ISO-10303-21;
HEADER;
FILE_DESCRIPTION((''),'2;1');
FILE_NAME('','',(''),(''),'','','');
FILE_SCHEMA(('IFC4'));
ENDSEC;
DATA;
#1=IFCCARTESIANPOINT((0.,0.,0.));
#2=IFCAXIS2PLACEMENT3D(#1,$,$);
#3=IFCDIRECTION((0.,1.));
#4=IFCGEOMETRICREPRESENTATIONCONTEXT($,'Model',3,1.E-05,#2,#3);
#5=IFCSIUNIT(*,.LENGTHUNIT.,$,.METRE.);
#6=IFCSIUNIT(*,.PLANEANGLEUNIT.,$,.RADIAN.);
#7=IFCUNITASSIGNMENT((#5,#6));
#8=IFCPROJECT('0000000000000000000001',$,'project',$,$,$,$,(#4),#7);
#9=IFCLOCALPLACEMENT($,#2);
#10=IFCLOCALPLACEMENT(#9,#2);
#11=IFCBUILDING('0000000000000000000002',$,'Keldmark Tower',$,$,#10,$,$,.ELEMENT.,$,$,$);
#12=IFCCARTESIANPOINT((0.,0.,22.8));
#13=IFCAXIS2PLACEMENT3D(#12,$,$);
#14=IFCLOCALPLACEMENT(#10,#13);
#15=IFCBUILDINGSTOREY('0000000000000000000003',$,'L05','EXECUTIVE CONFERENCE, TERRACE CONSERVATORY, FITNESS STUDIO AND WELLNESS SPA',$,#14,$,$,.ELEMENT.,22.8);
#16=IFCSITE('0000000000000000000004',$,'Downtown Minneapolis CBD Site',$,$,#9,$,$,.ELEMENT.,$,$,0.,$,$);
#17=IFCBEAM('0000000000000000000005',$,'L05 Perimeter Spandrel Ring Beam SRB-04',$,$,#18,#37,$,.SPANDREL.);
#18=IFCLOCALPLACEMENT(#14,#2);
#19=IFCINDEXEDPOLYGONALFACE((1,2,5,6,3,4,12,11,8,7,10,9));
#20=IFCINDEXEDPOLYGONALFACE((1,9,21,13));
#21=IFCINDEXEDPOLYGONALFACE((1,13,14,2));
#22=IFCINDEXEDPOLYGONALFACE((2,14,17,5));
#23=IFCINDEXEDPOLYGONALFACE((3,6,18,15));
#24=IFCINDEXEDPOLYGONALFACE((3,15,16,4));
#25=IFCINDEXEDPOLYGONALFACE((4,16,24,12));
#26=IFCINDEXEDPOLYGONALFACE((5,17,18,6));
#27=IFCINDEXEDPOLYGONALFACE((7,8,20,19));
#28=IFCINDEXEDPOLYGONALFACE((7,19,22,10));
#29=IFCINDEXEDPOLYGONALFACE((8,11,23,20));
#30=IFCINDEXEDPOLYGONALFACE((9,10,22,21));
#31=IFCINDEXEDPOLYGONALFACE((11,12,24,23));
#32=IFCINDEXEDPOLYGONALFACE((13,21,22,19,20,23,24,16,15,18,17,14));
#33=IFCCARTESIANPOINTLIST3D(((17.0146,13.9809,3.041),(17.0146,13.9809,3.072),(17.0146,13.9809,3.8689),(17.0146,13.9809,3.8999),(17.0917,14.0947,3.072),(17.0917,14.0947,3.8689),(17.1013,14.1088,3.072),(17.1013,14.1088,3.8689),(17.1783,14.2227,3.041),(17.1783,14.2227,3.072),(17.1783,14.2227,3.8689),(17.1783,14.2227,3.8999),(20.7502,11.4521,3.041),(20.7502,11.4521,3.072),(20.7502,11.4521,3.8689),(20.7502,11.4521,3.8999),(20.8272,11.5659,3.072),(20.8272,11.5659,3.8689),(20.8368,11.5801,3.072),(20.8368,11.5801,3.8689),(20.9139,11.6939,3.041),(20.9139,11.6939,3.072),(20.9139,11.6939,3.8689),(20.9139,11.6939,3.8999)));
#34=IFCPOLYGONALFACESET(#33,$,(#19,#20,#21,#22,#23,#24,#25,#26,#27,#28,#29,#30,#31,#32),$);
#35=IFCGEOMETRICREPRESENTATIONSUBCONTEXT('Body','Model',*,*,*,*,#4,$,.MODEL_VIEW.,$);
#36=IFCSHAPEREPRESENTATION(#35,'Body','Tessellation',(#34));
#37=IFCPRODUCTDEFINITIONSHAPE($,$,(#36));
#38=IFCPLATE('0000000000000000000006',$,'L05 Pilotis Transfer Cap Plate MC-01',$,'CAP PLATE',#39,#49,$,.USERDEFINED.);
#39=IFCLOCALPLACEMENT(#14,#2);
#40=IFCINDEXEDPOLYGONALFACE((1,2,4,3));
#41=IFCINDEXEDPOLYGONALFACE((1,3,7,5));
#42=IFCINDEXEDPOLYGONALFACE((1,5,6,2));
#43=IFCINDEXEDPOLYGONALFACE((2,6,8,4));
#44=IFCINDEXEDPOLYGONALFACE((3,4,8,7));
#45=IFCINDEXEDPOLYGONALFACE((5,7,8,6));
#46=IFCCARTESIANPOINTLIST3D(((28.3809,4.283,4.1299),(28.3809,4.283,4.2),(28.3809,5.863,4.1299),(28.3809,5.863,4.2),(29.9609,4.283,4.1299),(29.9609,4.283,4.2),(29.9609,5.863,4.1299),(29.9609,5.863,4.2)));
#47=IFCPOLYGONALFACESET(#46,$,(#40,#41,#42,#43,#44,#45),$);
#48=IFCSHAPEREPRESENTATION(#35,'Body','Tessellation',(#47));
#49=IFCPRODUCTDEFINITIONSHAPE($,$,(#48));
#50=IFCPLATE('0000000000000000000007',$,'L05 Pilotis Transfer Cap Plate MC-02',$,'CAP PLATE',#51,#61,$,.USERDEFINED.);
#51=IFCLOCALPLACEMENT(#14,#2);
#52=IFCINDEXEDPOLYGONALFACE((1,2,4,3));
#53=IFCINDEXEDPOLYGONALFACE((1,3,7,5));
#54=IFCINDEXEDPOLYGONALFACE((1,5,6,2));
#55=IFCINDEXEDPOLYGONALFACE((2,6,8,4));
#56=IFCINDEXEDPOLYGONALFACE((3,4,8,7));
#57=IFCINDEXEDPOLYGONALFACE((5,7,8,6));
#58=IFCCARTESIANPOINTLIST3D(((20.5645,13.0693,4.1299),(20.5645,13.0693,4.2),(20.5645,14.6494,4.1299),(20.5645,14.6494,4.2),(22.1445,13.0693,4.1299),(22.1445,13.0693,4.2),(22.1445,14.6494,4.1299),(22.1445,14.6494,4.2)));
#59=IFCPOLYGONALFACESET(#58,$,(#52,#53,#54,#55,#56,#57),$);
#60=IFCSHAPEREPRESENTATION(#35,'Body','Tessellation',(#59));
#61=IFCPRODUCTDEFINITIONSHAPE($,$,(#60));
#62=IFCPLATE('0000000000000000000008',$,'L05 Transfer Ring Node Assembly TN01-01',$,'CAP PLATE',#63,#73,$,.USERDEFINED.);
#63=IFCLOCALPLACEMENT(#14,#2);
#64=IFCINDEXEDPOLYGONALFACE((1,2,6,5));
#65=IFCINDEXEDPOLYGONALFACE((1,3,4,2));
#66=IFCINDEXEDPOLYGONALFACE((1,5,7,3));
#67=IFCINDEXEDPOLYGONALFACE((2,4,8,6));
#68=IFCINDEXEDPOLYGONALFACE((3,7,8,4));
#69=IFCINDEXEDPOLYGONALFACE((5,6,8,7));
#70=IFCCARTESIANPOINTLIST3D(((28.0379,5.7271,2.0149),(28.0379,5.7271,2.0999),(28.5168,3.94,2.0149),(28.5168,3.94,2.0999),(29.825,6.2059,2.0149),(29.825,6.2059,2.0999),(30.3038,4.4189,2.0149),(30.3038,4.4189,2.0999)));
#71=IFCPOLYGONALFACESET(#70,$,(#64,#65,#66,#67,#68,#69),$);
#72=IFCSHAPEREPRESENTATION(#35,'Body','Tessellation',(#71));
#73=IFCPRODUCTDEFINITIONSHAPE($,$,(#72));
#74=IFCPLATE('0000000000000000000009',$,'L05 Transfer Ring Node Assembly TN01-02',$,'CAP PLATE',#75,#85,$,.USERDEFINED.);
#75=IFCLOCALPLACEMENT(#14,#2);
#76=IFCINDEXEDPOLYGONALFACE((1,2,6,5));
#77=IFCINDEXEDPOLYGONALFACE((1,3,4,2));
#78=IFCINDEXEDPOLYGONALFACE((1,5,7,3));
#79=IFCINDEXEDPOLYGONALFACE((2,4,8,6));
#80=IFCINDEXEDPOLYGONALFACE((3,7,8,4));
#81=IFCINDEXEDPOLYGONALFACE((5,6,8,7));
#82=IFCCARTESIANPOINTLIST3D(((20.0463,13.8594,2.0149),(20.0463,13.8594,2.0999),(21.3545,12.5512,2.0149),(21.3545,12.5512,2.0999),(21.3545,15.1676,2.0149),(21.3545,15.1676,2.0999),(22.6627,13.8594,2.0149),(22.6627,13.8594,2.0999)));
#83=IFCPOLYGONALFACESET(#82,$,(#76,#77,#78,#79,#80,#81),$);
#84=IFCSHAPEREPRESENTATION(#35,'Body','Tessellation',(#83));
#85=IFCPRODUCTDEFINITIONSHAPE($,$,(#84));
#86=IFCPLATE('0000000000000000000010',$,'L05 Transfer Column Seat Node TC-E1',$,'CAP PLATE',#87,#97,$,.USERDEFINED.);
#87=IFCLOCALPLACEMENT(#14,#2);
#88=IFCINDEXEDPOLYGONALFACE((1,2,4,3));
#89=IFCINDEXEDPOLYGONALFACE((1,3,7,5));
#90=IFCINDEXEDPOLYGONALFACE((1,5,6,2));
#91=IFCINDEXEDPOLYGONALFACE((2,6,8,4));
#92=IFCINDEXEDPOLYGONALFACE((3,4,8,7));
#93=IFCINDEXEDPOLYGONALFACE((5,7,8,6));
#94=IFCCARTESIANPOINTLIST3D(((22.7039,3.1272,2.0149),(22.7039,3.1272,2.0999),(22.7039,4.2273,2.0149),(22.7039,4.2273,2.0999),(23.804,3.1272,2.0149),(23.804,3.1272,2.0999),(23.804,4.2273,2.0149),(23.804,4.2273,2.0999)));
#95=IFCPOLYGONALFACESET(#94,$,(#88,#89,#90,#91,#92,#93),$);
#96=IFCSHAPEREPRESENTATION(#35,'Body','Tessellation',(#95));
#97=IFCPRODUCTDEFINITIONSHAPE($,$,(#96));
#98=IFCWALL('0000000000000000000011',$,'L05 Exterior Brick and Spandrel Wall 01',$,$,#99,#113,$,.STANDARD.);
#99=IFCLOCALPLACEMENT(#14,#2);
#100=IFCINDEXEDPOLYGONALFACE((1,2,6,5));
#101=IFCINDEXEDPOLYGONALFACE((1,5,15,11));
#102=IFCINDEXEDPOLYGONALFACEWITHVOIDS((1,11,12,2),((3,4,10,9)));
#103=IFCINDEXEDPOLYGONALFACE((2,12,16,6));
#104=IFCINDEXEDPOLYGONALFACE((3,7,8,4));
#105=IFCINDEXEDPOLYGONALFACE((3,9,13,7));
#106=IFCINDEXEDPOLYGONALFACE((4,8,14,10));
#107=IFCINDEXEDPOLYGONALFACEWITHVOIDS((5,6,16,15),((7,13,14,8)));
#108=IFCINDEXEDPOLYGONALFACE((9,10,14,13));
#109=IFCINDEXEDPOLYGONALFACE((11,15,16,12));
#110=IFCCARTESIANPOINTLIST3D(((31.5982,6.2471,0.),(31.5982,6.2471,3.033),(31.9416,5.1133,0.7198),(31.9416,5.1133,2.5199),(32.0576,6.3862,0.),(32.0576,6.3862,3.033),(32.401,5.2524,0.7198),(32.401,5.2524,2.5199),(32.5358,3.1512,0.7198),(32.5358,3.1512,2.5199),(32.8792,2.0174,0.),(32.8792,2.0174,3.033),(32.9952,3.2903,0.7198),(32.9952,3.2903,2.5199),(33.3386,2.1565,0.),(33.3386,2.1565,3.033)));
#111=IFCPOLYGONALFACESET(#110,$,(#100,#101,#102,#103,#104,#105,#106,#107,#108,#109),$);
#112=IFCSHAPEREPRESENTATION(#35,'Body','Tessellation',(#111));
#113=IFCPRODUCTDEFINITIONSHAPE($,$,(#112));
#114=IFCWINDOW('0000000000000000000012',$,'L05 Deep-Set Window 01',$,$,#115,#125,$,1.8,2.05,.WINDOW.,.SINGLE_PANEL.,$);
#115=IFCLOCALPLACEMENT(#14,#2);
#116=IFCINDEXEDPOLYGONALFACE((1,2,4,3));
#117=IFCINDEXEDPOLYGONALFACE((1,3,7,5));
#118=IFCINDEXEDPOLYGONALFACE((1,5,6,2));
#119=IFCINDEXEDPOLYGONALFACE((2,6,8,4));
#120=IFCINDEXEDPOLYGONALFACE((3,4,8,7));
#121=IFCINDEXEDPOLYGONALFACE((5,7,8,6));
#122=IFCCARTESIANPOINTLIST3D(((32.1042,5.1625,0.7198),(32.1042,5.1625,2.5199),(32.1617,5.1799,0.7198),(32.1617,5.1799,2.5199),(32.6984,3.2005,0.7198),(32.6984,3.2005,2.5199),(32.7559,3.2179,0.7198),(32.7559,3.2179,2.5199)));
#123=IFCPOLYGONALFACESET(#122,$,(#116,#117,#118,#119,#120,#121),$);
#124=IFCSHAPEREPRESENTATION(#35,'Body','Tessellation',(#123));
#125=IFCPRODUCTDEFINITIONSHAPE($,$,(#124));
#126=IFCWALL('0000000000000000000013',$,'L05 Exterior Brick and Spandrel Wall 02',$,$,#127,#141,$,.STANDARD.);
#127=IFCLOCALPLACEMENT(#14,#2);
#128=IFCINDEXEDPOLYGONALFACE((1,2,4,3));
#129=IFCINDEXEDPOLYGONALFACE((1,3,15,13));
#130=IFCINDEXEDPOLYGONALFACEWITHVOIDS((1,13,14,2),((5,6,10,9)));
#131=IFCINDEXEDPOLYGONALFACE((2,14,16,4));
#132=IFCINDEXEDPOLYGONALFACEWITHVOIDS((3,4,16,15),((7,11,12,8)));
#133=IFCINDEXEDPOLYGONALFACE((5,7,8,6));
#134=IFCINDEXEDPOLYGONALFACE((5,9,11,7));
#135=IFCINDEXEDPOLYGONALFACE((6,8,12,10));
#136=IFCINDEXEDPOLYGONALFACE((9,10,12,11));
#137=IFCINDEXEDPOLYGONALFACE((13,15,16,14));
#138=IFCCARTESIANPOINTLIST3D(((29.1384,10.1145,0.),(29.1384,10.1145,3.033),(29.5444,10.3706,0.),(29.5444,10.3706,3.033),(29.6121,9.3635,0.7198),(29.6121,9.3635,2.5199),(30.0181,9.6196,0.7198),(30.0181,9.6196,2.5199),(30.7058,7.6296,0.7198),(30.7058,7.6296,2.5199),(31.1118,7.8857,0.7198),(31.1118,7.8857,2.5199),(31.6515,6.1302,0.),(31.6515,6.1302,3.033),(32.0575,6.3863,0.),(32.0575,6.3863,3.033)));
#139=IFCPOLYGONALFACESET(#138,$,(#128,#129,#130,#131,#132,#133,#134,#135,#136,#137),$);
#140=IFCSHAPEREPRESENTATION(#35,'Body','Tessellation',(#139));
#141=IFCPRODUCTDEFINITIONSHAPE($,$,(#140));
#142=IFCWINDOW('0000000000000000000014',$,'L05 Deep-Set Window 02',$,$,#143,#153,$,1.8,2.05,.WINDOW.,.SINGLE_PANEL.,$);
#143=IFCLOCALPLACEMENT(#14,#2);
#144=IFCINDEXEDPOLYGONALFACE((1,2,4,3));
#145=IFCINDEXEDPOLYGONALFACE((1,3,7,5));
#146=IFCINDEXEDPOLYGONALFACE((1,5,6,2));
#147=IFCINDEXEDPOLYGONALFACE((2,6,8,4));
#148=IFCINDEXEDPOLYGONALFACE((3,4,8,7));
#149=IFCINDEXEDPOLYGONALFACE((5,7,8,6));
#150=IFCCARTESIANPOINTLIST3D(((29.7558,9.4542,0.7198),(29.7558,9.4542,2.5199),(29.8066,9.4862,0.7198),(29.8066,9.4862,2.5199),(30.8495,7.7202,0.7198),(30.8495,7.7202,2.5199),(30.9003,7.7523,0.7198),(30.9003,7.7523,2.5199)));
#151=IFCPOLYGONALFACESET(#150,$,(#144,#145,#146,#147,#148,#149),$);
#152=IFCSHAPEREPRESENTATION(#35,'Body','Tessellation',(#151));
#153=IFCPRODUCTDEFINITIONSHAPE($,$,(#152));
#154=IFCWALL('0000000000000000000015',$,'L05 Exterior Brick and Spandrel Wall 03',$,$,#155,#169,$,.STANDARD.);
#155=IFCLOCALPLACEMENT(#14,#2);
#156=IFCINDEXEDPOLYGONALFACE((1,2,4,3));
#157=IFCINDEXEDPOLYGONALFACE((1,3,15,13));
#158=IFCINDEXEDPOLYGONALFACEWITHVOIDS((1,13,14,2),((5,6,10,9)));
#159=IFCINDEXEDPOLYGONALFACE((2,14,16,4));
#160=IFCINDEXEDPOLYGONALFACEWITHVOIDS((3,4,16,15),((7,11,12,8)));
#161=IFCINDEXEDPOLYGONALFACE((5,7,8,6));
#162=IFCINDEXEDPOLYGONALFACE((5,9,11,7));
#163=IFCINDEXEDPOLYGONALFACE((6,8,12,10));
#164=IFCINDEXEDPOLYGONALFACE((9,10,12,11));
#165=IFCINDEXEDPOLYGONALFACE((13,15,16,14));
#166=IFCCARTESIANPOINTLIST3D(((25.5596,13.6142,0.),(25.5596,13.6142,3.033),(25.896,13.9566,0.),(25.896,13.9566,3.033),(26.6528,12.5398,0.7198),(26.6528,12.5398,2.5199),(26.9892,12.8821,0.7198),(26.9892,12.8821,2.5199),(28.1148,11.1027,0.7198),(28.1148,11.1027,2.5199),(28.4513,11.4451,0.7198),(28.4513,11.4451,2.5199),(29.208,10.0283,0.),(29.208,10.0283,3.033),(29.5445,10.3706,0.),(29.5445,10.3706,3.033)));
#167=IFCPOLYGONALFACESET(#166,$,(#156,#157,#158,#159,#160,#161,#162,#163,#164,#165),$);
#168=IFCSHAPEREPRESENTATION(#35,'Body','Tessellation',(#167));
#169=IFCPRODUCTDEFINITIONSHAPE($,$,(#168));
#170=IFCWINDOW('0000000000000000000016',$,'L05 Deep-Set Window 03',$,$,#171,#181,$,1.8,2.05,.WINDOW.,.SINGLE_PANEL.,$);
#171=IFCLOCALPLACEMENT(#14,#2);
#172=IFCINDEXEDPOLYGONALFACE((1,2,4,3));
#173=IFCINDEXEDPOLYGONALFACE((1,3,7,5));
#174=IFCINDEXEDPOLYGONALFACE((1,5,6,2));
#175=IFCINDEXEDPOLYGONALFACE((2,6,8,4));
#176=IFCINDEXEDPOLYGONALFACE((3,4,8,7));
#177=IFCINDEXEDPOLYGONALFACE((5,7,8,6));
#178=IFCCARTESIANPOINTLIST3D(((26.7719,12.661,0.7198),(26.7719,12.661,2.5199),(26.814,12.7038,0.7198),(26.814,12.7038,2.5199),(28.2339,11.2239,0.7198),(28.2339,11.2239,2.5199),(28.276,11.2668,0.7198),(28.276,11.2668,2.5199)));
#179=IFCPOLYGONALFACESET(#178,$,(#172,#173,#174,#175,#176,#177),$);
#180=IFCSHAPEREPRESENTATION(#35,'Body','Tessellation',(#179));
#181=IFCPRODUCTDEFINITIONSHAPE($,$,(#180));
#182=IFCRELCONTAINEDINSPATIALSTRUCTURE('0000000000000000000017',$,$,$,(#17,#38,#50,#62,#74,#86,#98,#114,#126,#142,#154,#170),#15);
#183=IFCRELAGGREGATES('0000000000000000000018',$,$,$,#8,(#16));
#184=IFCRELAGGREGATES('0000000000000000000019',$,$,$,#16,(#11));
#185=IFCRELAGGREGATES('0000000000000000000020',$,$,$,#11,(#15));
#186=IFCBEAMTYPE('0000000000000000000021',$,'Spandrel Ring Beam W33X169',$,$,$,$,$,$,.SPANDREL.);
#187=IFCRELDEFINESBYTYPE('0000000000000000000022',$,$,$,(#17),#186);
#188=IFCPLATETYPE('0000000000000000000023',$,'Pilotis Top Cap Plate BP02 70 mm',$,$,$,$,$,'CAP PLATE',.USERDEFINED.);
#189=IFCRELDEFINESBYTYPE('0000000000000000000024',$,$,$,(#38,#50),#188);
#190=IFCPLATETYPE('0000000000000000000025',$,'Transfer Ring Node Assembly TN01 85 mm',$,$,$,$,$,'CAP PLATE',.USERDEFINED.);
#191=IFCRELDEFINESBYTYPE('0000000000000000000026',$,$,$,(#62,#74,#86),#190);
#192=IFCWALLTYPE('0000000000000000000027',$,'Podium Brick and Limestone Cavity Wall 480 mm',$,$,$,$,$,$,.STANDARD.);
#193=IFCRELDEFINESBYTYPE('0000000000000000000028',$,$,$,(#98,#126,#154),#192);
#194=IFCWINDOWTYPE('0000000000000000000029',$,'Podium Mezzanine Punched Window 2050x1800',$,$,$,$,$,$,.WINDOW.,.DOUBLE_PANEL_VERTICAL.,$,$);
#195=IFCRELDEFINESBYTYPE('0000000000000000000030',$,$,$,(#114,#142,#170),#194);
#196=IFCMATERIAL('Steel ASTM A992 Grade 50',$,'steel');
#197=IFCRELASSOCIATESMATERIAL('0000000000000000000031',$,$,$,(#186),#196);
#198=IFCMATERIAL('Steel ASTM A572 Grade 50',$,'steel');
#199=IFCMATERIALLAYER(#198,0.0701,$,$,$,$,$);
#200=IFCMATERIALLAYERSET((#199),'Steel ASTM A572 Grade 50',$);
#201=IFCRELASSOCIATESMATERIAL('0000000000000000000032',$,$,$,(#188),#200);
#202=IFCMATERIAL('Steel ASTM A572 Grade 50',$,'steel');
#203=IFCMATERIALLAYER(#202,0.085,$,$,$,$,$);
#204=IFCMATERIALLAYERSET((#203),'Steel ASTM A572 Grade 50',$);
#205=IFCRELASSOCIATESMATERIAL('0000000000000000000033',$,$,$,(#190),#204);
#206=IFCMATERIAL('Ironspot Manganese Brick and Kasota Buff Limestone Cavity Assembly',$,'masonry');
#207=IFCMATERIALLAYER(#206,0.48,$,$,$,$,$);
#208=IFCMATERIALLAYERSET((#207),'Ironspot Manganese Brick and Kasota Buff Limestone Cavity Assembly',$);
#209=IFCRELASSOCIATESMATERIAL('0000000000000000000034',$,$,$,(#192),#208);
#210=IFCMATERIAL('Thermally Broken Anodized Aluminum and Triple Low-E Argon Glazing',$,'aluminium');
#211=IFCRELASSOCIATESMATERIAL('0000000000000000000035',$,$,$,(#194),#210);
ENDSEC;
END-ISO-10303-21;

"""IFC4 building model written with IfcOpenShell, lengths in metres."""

from ifc_helpers import new_model, si_unit, direction, frame, frame_2d, origin, origin_2d, place, context, subcontext, project, spatial, rectangle, i_section, extrude, material, layer, layer_set, material_profile, profile_set, type_object, element, fill, save


model = new_model("IFC4")

# Units and contexts
model_context = context("Model", 3, precision=1e-05, world=origin(), true_north=direction((0.0, 1.0)))
body_context = subcontext(model_context, "Body", "Model", "MODEL_VIEW")
ifc_project = project(units=[si_unit("LENGTHUNIT", "METRE"), si_unit("PLANEANGLEUNIT", "RADIAN")], contexts=[model_context])

# Site, building, storey
site_placement = place(None, origin())
site = spatial("IfcSite", under=ifc_project, at=site_placement, Name="Downtown Minneapolis CBD Site", CompositionType="ELEMENT", RefElevation=0.0)
building_placement = place(site_placement, origin())
building = spatial("IfcBuilding", under=site, at=building_placement, Name="Keldmark Tower", CompositionType="ELEMENT")
storey_placement = place(building_placement, frame((0.0, 0.0, 22.8)))
storey = spatial("IfcBuildingStorey", under=building, at=storey_placement, Name="L05", Description="EXECUTIVE CONFERENCE, TERRACE CONSERVATORY, FITNESS STUDIO AND WELLNESS SPA", CompositionType="ELEMENT", Elevation=22.8)

# Beam
ifc_material_1 = material(Name="Steel ASTM A992 Grade 50", Category="steel")
ifc_material_profile_1 = material_profile(ifc_material_1, i_section(OverallWidth=0.292, OverallDepth=0.8589, WebThickness=0.0171, FlangeThickness=0.031, at=origin_2d()), Name="W33X169")
ifc_profile_set_1 = profile_set([ifc_material_profile_1], Name="Steel ASTM A992 Grade 50")
beam_type_1 = type_object("IfcBeamType", Name="Spandrel Ring Beam W33X169", PredefinedType="SPANDREL", material=ifc_profile_set_1)
beam_1_placement = place(storey_placement, frame((20.832, 11.573, 3.4705), z_axis=(-0.828099, 0.560581, 0.0), x_axis=(-0.560581, -0.828099, 0.0)))
element("IfcBeam", 1, at=beam_1_placement, inside=storey, type_object=beam_type_1, Name="L05 Perimeter Spandrel Ring Beam SRB-04", PredefinedType="SPANDREL", context=body_context, shape_type="SweptSolid", body=[
    extrude(i_section(OverallWidth=0.292, OverallDepth=0.8589, WebThickness=0.0171, FlangeThickness=0.031, at=origin_2d()), origin(), (0.0, 0.0, 1.0), 4.511),
])

# Plates
ifc_material_2 = material(Name="Steel ASTM A572 Grade 50", Category="steel")
ifc_layer_1 = layer(ifc_material_2, 0.0701)
ifc_layer_set_1 = layer_set([ifc_layer_1], Name="Steel ASTM A572 Grade 50")
plate_type_1 = type_object("IfcPlateType", Name="Pilotis Top Cap Plate BP02 70 mm", ElementType="CAP PLATE", PredefinedType="USERDEFINED", material=ifc_layer_set_1)
for number, where, z_axis, x_axis, name in (
    (2, (29.1709, 5.073, 4.1299), (0.0, 0.0, 1.0), (1.0, 0.0, 0.0), "L05 Pilotis Transfer Cap Plate MC-01"),
    (3, (21.3545, 13.8594, 4.1299), (0.0, 0.0, 1.0), (1.0, 0.0, 0.0), "L05 Pilotis Transfer Cap Plate MC-02"),
):
    element("IfcPlate", number, at=place(storey_placement, frame(where, z_axis=z_axis, x_axis=x_axis)), inside=storey, type_object=plate_type_1, Name=name, ObjectType="CAP PLATE", PredefinedType="USERDEFINED", context=body_context, shape_type="SweptSolid", body=[
        extrude(rectangle(XDim=1.5801, YDim=1.5801, at=origin_2d()), origin(), (0.0, 0.0, 1.0), 0.0701),
    ])
ifc_material_3 = material(Name="Steel ASTM A572 Grade 50", Category="steel")
ifc_layer_2 = layer(ifc_material_3, 0.085)
ifc_layer_set_2 = layer_set([ifc_layer_2], Name="Steel ASTM A572 Grade 50")
plate_type_2 = type_object("IfcPlateType", Name="Transfer Ring Node Assembly TN01 85 mm", ElementType="CAP PLATE", PredefinedType="USERDEFINED", material=ifc_layer_set_2)
for number, where, z_axis, x_axis, name in (
    (4, (29.1709, 5.073, 2.0149), (0.0, 0.0, 1.0), (0.965926, 0.258819, 0.0), "L05 Transfer Ring Node Assembly TN01-01"),
    (5, (21.3545, 13.8594, 2.0149), (0.0, 0.0, 1.0), (0.707107, 0.707107, 0.0), "L05 Transfer Ring Node Assembly TN01-02"),
):
    element("IfcPlate", number, at=place(storey_placement, frame(where, z_axis=z_axis, x_axis=x_axis)), inside=storey, type_object=plate_type_2, Name=name, ObjectType="CAP PLATE", PredefinedType="USERDEFINED", context=body_context, shape_type="SweptSolid", body=[
        extrude(rectangle(XDim=1.8501, YDim=1.8501, at=origin_2d()), origin(), (0.0, 0.0, 1.0), 0.085),
    ])
plate_placement = place(storey_placement, frame((23.2539, 3.6772, 2.0149), z_axis=(0.0, 0.0, 1.0), x_axis=(1.0, 0.0, 0.0)))
element("IfcPlate", 6, at=plate_placement, inside=storey, type_object=plate_type_2, Name="L05 Transfer Column Seat Node TC-E1", ObjectType="CAP PLATE", PredefinedType="USERDEFINED", context=body_context, shape_type="SweptSolid", body=[
    extrude(rectangle(XDim=1.1001, YDim=1.1001, at=origin_2d()), origin(), (0.0, 0.0, 1.0), 0.085),
])

# Walls, openings, windows
ifc_material_4 = material(Name="Ironspot Manganese Brick and Kasota Buff Limestone Cavity Assembly", Category="masonry")
ifc_layer_3 = layer(ifc_material_4, 0.48)
ifc_layer_set_3 = layer_set([ifc_layer_3], Name="Ironspot Manganese Brick and Kasota Buff Limestone Cavity Assembly")
wall_type = type_object("IfcWallType", Name="Podium Brick and Limestone Cavity Wall 480 mm", PredefinedType="STANDARD", material=ifc_layer_set_3)
wall_1_placement = place(storey_placement, frame((31.8279, 6.3167, 0.0), z_axis=(0.0, 0.0, 1.0), x_axis=(0.289856, -0.95707, 0.0)))
wall_1 = element("IfcWall", 7, at=wall_1_placement, inside=storey, type_object=wall_type, Name="L05 Exterior Brick and Spandrel Wall 01", PredefinedType="STANDARD", context=body_context, shape_type="SweptSolid", body=[
    extrude(rectangle(XDim=4.4194, YDim=0.48, at=frame_2d((2.2097, 0.0))), origin(), (0.0, 0.0, 1.0), 3.033),
])
opening_1_placement = place(wall_1_placement, frame((1.1848, 0.0, 0.72)))
opening_1 = element("IfcOpeningElement", 8, at=opening_1_placement, cuts=wall_1, PredefinedType="OPENING", context=body_context, shape_type="SweptSolid", body=[
    extrude(rectangle(XDim=2.05, YDim=1.8, at=frame_2d((1.0249, 0.8999))), frame((0.0, 0.25, 0.0), z_axis=(0.0, -1.0, 0.0), x_axis=(1.0, 0.0, 0.0)), (0.0, 0.0, 1.0), 0.5),
])
ifc_material_5 = material(Name="Thermally Broken Anodized Aluminum and Triple Low-E Argon Glazing", Category="aluminium")
window_type = type_object("IfcWindowType", Name="Podium Mezzanine Punched Window 2050x1800", PartitioningType="DOUBLE_PANEL_VERTICAL", PredefinedType="WINDOW", material=ifc_material_5)
window_1_placement = place(opening_1_placement, origin())
window_1 = element("IfcWindow", 9, at=window_1_placement, inside=storey, type_object=window_type, Name="L05 Deep-Set Window 01", OverallHeight=1.8, OverallWidth=2.05, PartitioningType="SINGLE_PANEL", PredefinedType="WINDOW", context=body_context, shape_type="SweptSolid", body=[
    extrude(rectangle(XDim=2.05, YDim=1.8, at=frame_2d((1.0249, 0.8999))), frame((0.0, -0.01, 0.0), z_axis=(0.0, -1.0, 0.0), x_axis=(1.0, 0.0, 0.0)), (0.0, 0.0, 1.0), 0.0601),
])
fill(opening_1, window_1)
wall_2_placement = place(storey_placement, frame((29.3413, 10.2427, 0.0), z_axis=(0.0, 0.0, 1.0), x_axis=(0.533498, -0.845802, 0.0)))
wall_2 = element("IfcWall", 10, at=wall_2_placement, inside=storey, type_object=wall_type, Name="L05 Exterior Brick and Spandrel Wall 02", PredefinedType="STANDARD", context=body_context, shape_type="SweptSolid", body=[
    extrude(rectangle(XDim=4.7107, YDim=0.48, at=frame_2d((2.3555, 0.0))), origin(), (0.0, 0.0, 1.0), 3.033),
])
opening_2_placement = place(wall_2_placement, frame((0.8882, 0.0, 0.72)))
opening_2 = element("IfcOpeningElement", 11, at=opening_2_placement, cuts=wall_2, PredefinedType="OPENING", context=body_context, shape_type="SweptSolid", body=[
    extrude(rectangle(XDim=2.05, YDim=1.8, at=frame_2d((1.0249, 0.8999))), frame((0.0, 0.25, 0.0), z_axis=(0.0, -1.0, 0.0), x_axis=(1.0, 0.0, 0.0)), (0.0, 0.0, 1.0), 0.5),
])
window_2_placement = place(opening_2_placement, origin())
window_2 = element("IfcWindow", 12, at=window_2_placement, inside=storey, type_object=window_type, Name="L05 Deep-Set Window 02", OverallHeight=1.8, OverallWidth=2.05, PartitioningType="SINGLE_PANEL", PredefinedType="WINDOW", context=body_context, shape_type="SweptSolid", body=[
    extrude(rectangle(XDim=2.05, YDim=1.8, at=frame_2d((1.0249, 0.8999))), frame((0.0, -0.01, 0.0), z_axis=(0.0, -1.0, 0.0), x_axis=(1.0, 0.0, 0.0)), (0.0, 0.0, 1.0), 0.0601),
])
fill(opening_2, window_2)
wall_3_placement = place(storey_placement, frame((25.7278, 13.7854, 0.0), z_axis=(0.0, 0.0, 1.0), x_axis=(0.713189, -0.700972, 0.0)))
wall_3 = element("IfcWall", 13, at=wall_3_placement, inside=storey, type_object=wall_type, Name="L05 Exterior Brick and Spandrel Wall 03", PredefinedType="STANDARD", context=body_context, shape_type="SweptSolid", body=[
    extrude(rectangle(XDim=5.1157, YDim=0.48, at=frame_2d((2.5579, 0.0))), origin(), (0.0, 0.0, 1.0), 3.033),
])
opening_3_placement = place(wall_3_placement, frame((1.533, 0.0, 0.72)))
opening_3 = element("IfcOpeningElement", 14, at=opening_3_placement, cuts=wall_3, PredefinedType="OPENING", context=body_context, shape_type="SweptSolid", body=[
    extrude(rectangle(XDim=2.05, YDim=1.8, at=frame_2d((1.0249, 0.8999))), frame((0.0, 0.25, 0.0), z_axis=(0.0, -1.0, 0.0), x_axis=(1.0, 0.0, 0.0)), (0.0, 0.0, 1.0), 0.5),
])
window_3_placement = place(opening_3_placement, origin())
window_3 = element("IfcWindow", 15, at=window_3_placement, inside=storey, type_object=window_type, Name="L05 Deep-Set Window 03", OverallHeight=1.8, OverallWidth=2.05, PartitioningType="SINGLE_PANEL", PredefinedType="WINDOW", context=body_context, shape_type="SweptSolid", body=[
    extrude(rectangle(XDim=2.05, YDim=1.8, at=frame_2d((1.0249, 0.8999))), frame((0.0, -0.01, 0.0), z_axis=(0.0, -1.0, 0.0), x_axis=(1.0, 0.0, 0.0)), (0.0, 0.0, 1.0), 0.0601),
])
fill(opening_3, window_3)

save(model, "model.ifc")
